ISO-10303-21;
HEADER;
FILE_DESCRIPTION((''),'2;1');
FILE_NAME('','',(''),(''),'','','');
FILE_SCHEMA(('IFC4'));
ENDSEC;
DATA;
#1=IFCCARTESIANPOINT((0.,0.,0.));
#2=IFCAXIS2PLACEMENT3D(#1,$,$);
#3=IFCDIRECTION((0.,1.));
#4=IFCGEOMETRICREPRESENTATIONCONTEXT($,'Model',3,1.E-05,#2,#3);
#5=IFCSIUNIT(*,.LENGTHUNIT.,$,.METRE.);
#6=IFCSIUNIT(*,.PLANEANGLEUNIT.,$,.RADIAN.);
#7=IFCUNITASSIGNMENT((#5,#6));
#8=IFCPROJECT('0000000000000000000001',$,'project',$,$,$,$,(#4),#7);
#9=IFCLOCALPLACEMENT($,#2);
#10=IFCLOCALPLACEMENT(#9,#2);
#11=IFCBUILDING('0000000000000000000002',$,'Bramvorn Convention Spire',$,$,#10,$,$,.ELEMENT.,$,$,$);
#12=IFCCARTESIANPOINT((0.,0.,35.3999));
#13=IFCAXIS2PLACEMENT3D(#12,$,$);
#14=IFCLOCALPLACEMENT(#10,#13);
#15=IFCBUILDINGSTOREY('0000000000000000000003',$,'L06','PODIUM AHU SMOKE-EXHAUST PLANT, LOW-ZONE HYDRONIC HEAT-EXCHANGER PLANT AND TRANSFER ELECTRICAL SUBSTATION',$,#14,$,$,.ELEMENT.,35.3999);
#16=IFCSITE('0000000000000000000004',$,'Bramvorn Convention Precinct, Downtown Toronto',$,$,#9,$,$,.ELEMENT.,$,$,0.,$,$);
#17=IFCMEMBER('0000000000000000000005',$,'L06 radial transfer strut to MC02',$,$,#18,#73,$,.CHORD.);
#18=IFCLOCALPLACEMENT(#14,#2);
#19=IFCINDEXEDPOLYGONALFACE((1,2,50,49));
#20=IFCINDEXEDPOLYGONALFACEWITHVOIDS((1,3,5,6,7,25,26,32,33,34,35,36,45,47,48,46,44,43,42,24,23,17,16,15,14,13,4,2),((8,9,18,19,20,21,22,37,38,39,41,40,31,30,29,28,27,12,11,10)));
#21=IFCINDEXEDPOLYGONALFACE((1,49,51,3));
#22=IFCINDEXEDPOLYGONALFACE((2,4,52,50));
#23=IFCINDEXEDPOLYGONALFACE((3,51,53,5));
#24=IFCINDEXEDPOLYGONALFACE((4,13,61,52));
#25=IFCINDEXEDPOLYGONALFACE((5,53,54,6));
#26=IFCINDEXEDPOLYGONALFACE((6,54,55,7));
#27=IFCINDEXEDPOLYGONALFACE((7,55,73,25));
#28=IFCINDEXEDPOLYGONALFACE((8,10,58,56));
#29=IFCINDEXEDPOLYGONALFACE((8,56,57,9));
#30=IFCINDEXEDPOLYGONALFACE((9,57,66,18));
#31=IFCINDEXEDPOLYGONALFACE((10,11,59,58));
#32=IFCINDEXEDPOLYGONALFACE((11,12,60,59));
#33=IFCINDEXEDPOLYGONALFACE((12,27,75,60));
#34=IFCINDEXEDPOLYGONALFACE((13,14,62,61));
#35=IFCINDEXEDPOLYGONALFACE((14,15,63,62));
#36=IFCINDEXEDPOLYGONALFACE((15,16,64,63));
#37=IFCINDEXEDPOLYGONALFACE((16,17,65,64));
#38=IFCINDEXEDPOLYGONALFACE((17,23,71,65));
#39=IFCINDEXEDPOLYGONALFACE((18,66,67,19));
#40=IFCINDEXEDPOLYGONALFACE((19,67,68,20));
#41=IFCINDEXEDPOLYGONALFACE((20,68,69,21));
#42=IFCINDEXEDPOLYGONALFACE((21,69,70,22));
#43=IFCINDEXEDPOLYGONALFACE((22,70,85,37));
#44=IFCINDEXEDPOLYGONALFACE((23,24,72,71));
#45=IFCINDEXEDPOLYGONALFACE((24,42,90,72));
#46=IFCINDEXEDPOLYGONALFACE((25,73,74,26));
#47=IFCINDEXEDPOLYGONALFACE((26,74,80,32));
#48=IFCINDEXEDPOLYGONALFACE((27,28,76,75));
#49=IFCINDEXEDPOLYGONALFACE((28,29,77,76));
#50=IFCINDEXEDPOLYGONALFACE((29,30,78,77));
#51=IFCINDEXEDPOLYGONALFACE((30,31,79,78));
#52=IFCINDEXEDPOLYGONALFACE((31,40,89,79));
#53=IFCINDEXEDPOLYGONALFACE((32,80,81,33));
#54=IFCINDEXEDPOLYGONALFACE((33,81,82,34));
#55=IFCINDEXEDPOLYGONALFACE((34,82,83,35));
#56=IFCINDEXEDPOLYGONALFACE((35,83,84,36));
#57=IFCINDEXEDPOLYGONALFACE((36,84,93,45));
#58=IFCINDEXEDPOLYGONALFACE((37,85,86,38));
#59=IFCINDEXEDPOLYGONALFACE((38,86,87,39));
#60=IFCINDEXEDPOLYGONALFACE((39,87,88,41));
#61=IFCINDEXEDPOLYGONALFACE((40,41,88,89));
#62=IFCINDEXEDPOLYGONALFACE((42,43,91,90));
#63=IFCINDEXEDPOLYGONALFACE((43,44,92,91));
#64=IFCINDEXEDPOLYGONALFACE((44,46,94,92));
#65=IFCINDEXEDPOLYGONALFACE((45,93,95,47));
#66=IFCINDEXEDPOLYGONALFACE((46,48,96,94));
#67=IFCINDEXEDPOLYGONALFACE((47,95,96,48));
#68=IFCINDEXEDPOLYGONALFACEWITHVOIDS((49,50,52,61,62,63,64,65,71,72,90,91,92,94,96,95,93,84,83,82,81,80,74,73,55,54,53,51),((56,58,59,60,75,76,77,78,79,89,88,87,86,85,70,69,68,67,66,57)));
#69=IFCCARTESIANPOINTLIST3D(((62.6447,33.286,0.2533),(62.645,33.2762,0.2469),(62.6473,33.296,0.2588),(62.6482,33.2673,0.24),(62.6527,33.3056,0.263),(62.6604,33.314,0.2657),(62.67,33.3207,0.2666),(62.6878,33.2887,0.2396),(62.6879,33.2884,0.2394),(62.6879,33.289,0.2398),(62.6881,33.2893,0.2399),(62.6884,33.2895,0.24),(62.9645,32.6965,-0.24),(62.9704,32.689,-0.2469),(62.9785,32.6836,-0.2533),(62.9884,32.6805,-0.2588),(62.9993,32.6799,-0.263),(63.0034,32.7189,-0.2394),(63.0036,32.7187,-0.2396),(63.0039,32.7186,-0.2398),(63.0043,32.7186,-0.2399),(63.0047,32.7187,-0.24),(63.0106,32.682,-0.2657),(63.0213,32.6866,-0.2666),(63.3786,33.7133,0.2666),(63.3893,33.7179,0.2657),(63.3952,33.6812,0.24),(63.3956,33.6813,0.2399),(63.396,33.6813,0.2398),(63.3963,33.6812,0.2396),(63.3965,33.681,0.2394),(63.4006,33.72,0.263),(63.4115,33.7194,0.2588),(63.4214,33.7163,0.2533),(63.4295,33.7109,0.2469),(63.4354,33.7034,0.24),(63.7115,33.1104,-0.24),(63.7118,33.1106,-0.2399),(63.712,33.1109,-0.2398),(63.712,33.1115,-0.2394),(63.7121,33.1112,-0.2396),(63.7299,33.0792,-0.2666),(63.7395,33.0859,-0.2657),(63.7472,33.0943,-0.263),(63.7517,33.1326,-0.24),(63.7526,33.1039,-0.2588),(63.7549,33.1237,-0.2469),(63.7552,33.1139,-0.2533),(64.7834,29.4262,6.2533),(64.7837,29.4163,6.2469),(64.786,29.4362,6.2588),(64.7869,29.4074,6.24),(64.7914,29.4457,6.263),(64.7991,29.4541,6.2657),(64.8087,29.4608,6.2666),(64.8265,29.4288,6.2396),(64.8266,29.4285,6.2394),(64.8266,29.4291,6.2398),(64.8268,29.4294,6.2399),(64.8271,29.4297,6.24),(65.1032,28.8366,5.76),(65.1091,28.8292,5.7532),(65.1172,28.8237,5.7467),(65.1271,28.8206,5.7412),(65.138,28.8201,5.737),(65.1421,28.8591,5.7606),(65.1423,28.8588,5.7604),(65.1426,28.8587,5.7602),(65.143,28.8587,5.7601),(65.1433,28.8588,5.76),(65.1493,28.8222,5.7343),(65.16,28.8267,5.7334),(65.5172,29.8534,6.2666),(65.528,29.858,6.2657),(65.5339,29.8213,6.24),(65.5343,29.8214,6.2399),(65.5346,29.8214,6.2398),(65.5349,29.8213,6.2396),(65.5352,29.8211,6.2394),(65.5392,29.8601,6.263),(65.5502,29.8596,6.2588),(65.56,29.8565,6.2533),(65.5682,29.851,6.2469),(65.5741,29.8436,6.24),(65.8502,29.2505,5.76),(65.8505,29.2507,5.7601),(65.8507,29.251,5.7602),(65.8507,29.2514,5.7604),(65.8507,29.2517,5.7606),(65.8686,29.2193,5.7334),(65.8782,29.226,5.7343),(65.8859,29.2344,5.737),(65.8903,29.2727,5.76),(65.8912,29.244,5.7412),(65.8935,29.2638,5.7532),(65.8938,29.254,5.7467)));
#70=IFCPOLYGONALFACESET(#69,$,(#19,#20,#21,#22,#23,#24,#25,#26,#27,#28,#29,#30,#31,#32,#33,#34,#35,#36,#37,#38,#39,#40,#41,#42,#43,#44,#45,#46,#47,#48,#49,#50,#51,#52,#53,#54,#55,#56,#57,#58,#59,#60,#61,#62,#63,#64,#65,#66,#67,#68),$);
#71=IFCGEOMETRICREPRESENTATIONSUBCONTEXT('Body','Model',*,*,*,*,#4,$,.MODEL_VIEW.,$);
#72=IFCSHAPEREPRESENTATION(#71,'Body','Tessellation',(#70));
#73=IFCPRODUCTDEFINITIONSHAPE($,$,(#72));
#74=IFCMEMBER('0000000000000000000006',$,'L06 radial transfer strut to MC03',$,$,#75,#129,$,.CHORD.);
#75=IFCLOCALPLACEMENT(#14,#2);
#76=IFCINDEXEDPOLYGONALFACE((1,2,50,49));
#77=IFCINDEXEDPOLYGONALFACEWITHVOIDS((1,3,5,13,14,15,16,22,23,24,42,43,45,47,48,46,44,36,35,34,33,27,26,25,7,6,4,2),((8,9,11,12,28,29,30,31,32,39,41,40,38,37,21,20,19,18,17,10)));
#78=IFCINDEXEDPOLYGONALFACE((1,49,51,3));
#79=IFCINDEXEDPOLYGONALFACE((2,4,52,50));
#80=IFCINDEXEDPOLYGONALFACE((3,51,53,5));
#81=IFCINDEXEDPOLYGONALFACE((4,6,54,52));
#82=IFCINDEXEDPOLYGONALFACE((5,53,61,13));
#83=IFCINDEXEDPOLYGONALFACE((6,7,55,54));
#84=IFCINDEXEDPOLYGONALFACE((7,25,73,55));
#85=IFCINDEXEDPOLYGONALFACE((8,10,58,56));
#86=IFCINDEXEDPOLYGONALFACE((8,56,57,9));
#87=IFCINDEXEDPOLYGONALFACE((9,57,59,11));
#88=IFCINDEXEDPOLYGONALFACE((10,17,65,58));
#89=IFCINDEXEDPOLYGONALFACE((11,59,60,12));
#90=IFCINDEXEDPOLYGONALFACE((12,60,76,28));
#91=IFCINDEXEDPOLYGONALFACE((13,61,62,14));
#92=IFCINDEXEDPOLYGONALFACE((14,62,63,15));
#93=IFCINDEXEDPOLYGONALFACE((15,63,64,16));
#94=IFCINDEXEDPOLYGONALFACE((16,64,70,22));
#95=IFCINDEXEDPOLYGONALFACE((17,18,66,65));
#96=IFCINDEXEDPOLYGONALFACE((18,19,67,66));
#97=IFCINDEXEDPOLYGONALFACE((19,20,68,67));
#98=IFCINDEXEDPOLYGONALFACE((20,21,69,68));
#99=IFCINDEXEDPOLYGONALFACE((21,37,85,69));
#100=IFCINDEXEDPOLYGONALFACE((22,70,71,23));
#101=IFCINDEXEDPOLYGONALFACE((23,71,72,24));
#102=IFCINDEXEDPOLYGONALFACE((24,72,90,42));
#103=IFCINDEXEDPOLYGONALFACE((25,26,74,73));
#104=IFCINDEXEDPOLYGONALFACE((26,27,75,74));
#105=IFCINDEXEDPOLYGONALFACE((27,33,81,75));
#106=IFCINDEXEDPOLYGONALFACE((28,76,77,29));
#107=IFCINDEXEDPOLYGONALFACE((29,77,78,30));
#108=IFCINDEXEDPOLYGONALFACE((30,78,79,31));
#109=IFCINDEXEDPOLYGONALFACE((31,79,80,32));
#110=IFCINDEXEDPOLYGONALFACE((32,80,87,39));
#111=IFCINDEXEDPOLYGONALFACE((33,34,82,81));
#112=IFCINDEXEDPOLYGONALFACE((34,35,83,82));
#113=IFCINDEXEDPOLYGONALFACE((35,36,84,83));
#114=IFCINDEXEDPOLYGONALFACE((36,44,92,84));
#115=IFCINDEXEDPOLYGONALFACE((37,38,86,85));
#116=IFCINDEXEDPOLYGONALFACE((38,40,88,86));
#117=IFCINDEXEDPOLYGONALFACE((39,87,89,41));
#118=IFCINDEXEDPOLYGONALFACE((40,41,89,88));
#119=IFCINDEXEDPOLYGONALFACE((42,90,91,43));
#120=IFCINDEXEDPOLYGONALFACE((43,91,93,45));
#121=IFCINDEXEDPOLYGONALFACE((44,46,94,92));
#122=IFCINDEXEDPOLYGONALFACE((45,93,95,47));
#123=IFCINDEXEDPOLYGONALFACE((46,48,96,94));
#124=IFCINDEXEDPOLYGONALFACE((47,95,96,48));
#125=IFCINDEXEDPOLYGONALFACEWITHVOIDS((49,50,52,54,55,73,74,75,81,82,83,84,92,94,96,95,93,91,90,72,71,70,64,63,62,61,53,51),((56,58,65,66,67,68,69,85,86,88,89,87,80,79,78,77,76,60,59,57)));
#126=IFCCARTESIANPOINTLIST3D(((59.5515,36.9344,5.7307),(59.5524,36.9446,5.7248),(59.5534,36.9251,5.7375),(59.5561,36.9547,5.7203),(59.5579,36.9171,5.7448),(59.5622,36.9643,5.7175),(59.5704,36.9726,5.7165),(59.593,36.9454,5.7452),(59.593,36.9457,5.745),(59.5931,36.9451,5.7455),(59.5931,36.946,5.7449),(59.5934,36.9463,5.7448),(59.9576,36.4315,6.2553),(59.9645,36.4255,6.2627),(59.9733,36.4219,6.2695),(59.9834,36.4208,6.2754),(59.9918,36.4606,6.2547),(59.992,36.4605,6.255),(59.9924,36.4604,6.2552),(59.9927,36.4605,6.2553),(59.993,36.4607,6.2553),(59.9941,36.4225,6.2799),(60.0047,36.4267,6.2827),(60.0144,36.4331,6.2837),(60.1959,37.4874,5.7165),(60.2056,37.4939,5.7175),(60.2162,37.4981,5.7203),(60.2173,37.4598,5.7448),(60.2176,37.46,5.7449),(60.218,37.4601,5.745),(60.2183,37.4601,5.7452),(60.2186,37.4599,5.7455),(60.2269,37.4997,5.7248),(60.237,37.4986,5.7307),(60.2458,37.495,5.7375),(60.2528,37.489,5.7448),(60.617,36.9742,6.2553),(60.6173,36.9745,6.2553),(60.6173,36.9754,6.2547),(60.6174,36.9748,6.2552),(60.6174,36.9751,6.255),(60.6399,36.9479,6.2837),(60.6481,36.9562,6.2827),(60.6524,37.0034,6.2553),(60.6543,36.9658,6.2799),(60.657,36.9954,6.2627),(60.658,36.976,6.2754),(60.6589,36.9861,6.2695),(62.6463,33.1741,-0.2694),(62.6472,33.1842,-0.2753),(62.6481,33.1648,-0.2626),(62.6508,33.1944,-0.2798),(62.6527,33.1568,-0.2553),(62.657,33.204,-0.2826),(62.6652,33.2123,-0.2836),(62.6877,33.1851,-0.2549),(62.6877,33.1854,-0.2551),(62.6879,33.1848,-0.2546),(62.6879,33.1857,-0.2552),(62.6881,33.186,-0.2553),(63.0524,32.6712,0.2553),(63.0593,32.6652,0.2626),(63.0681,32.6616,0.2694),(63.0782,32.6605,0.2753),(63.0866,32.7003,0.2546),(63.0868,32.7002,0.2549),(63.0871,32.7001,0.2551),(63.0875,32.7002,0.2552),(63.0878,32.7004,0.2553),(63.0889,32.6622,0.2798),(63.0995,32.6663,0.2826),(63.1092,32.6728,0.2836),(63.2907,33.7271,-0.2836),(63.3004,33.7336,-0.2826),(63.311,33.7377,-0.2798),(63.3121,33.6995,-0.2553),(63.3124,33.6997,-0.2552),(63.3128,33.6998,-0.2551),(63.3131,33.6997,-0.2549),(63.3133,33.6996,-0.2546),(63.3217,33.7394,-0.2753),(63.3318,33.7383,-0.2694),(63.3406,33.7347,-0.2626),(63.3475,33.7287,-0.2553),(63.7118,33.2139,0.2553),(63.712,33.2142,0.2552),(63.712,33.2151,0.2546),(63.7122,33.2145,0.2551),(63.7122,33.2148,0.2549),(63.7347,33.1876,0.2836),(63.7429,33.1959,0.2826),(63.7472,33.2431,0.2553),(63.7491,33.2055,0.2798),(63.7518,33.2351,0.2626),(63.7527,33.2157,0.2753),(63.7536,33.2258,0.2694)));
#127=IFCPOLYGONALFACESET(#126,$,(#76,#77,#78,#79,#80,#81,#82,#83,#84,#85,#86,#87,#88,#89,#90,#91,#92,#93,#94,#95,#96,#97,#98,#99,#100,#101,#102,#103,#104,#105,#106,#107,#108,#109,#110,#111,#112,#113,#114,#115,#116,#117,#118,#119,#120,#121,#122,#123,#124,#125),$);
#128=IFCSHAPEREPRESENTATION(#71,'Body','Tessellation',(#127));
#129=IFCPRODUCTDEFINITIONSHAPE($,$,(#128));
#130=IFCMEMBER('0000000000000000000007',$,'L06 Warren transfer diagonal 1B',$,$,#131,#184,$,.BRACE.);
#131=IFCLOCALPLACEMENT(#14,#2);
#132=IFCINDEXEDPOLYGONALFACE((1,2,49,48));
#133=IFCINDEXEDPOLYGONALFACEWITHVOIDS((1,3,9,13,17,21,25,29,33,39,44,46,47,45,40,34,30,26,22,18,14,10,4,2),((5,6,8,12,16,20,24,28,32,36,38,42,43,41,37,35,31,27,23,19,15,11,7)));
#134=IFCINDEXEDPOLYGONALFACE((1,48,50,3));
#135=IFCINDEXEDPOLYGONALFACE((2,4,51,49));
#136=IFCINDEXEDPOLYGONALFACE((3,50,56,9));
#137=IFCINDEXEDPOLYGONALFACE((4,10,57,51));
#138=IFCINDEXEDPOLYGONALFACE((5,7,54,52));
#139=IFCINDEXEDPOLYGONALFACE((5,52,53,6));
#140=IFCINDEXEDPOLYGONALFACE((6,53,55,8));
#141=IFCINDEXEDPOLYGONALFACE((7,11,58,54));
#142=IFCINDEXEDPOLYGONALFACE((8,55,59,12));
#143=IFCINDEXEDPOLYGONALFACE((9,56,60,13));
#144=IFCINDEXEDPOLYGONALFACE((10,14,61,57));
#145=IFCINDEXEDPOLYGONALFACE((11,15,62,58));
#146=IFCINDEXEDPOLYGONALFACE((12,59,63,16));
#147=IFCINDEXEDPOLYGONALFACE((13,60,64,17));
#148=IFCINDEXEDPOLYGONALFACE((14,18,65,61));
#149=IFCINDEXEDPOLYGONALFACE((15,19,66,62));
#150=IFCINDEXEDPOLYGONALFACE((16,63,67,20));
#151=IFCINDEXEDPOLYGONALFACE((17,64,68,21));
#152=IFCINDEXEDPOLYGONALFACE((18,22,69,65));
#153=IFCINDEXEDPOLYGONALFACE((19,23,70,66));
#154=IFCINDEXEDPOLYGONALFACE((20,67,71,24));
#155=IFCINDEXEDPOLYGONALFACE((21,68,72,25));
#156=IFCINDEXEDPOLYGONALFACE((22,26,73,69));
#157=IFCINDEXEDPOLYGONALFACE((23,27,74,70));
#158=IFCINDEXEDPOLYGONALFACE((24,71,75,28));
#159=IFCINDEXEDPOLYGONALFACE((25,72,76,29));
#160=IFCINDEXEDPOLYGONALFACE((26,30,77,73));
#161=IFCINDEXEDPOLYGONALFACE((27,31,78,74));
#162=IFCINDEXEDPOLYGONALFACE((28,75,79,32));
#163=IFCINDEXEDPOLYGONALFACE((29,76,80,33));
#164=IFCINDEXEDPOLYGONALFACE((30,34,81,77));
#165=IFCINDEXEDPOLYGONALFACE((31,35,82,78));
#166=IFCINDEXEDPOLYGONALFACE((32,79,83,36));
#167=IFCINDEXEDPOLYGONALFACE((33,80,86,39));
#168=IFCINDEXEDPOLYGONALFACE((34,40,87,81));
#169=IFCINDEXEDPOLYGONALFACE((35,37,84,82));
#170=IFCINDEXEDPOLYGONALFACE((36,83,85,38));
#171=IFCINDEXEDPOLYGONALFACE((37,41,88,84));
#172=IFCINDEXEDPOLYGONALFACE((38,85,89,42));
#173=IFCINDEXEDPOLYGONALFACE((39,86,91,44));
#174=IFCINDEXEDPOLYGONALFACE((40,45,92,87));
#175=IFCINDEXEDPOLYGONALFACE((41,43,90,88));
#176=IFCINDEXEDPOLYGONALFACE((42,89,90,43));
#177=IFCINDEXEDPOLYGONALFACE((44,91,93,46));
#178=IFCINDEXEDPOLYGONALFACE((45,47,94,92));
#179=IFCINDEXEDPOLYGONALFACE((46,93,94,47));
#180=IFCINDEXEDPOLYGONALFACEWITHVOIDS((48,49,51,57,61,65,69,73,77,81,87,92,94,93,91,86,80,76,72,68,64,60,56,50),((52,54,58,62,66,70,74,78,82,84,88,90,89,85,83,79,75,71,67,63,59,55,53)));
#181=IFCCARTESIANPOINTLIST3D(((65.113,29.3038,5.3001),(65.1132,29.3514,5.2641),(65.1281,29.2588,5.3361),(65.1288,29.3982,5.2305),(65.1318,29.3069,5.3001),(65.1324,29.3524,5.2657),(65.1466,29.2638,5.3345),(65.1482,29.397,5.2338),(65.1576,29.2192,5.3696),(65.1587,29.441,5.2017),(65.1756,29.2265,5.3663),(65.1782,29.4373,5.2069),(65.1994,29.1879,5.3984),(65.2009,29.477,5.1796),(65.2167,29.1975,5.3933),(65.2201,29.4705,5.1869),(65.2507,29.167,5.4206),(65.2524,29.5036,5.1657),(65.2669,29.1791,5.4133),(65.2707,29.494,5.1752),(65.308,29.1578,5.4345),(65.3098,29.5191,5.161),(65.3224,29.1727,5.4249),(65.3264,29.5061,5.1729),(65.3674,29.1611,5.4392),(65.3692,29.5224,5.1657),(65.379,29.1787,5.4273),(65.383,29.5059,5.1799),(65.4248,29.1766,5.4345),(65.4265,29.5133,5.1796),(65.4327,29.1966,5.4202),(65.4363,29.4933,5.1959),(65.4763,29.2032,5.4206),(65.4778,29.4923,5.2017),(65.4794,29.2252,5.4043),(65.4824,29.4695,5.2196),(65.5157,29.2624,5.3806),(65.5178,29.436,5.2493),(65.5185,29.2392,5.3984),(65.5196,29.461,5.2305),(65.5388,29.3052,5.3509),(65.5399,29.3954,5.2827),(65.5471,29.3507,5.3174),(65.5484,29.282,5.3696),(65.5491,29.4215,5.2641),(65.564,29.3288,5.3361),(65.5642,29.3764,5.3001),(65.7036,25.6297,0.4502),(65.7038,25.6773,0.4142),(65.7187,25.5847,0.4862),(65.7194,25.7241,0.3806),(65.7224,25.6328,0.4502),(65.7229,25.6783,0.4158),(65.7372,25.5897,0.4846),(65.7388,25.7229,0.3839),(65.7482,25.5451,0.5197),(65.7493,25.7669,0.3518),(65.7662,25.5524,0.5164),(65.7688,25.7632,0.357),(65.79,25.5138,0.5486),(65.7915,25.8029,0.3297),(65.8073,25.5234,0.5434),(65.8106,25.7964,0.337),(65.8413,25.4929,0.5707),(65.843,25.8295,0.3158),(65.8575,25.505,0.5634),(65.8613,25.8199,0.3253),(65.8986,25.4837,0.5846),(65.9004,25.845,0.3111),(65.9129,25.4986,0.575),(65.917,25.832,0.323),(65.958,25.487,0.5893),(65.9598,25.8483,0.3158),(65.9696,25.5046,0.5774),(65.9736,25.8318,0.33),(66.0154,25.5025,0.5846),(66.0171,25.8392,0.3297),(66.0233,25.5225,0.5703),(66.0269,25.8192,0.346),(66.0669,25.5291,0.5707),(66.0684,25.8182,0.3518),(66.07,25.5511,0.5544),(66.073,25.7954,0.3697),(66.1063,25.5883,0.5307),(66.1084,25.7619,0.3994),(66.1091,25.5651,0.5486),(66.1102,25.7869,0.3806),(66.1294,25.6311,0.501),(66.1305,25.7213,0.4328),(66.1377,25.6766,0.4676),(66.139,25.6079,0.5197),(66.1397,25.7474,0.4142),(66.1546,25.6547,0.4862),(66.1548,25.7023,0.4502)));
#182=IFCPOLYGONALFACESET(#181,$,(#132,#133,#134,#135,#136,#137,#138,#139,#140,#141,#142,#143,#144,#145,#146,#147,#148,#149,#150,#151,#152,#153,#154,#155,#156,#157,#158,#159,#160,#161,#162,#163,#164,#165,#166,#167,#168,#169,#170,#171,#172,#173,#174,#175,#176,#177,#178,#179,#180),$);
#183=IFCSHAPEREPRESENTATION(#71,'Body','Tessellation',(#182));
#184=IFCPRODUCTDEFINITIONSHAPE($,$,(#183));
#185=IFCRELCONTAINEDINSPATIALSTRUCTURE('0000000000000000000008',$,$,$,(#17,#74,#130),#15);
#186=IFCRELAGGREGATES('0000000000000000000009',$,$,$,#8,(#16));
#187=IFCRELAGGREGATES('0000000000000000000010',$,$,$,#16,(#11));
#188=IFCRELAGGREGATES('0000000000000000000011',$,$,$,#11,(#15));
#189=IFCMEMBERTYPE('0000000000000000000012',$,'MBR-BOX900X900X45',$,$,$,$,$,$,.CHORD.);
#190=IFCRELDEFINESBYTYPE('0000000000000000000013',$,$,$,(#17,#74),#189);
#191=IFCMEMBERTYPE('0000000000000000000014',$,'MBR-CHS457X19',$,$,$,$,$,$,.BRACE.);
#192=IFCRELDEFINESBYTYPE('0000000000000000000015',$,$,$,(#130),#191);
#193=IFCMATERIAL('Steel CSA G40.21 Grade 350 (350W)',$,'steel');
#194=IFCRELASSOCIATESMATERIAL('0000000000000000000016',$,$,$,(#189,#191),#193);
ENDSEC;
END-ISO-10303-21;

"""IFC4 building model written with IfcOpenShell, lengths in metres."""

from ifc_helpers import new_model, si_unit, direction, frame, origin, origin_2d, place, context, subcontext, project, spatial, hollow_rectangle, hollow_circle, extrude, material, material_profile, profile_set, type_object, element, save


model = new_model("IFC4")

# Units and contexts
model_context = context("Model", 3, precision=1e-05, world=origin(), true_north=direction((0.0, 1.0)))
body_context = subcontext(model_context, "Body", "Model", "MODEL_VIEW")
ifc_project = project(units=[si_unit("LENGTHUNIT", "METRE"), si_unit("PLANEANGLEUNIT", "RADIAN")], contexts=[model_context])

# Site, building, storey
site_placement = place(None, origin())
site = spatial("IfcSite", under=ifc_project, at=site_placement, Name="Bramvorn Convention Precinct, Downtown Toronto", CompositionType="ELEMENT", RefElevation=0.0)
building_placement = place(site_placement, origin())
building = spatial("IfcBuilding", under=site, at=building_placement, Name="Bramvorn Convention Spire", CompositionType="ELEMENT")
storey_placement = place(building_placement, frame((0.0, 0.0, 35.3999)))
storey = spatial("IfcBuildingStorey", under=building, at=storey_placement, Name="L06", Description="PODIUM AHU SMOKE-EXHAUST PLANT, LOW-ZONE HYDRONIC HEAT-EXCHANGER PLANT AND TRANSFER ELECTRICAL SUBSTATION", CompositionType="ELEMENT", Elevation=35.3999)

# Shared definitions
ifc_material_1 = material(Name="Steel CSA G40.21 Grade 350 (350W)", Category="steel")

# Members
ifc_material_profile_1 = material_profile(ifc_material_1, hollow_rectangle(XDim=0.8999, YDim=0.8999, WallThickness=0.0449, InnerFilletRadius=0.001, OuterFilletRadius=0.0449, at=origin_2d()))
ifc_profile_set_1 = profile_set([ifc_material_profile_1], Name="Steel CSA G40.21 Grade 350 (350W) - BOX900X900X45")
member_type_1 = type_object("IfcMemberType", Name="MBR-BOX900X900X45", PredefinedType="CHORD", material=ifc_profile_set_1)
member_1_placement = place(storey_placement, frame((63.2, 33.2, 0.0), z_axis=(0.287148, -0.518243, 0.805587), x_axis=(0.874705, 0.484656, 0.0)))
element("IfcMember", 1, at=member_1_placement, inside=storey, type_object=member_type_1, Name="L06 radial transfer strut to MC02", PredefinedType="CHORD", context=body_context, shape_type="SweptSolid", body=[
    extrude(hollow_rectangle(XDim=0.8999, YDim=0.8999, WallThickness=0.0449, InnerFilletRadius=0.001, OuterFilletRadius=0.0449, at=origin_2d()), origin(), (0.0, 0.0, 1.0), 7.448),
])
member_2_placement = place(storey_placement, frame((63.2, 33.2, 0.0), z_axis=(-0.400474, 0.486596, 0.776431), x_axis=(-0.772127, -0.635468, 0.0)))
element("IfcMember", 2, at=member_2_placement, inside=storey, type_object=member_type_1, Name="L06 radial transfer strut to MC03", PredefinedType="CHORD", context=body_context, shape_type="SweptSolid", body=[
    extrude(hollow_rectangle(XDim=0.8999, YDim=0.8999, WallThickness=0.0449, InnerFilletRadius=0.001, OuterFilletRadius=0.0449, at=origin_2d()), origin(), (0.0, 0.0, 1.0), 7.7278),
])
ifc_material_profile_2 = material_profile(ifc_material_1, hollow_circle(Radius=0.2285, WallThickness=0.019, at=origin_2d()))
ifc_profile_set_2 = profile_set([ifc_material_profile_2], Name="Steel CSA G40.21 Grade 350 (350W) - CHS457X19")
member_type_2 = type_object("IfcMemberType", Name="MBR-CHS457X19", PredefinedType="BRACE", material=ifc_profile_set_2)
member_3_placement = place(storey_placement, frame((65.9292, 25.666, 0.4502), z_axis=(-0.09661, 0.601027, 0.793368), x_axis=(-0.987326, -0.158704, 0.0)))
element("IfcMember", 3, at=member_3_placement, inside=storey, type_object=member_type_2, Name="L06 Warren transfer diagonal 1B", PredefinedType="BRACE", context=body_context, shape_type="SweptSolid", body=[
    extrude(hollow_circle(Radius=0.2285, WallThickness=0.019, at=origin_2d()), origin(), (0.0, 0.0, 1.0), 6.113),
])

save(model, "model.ifc")
